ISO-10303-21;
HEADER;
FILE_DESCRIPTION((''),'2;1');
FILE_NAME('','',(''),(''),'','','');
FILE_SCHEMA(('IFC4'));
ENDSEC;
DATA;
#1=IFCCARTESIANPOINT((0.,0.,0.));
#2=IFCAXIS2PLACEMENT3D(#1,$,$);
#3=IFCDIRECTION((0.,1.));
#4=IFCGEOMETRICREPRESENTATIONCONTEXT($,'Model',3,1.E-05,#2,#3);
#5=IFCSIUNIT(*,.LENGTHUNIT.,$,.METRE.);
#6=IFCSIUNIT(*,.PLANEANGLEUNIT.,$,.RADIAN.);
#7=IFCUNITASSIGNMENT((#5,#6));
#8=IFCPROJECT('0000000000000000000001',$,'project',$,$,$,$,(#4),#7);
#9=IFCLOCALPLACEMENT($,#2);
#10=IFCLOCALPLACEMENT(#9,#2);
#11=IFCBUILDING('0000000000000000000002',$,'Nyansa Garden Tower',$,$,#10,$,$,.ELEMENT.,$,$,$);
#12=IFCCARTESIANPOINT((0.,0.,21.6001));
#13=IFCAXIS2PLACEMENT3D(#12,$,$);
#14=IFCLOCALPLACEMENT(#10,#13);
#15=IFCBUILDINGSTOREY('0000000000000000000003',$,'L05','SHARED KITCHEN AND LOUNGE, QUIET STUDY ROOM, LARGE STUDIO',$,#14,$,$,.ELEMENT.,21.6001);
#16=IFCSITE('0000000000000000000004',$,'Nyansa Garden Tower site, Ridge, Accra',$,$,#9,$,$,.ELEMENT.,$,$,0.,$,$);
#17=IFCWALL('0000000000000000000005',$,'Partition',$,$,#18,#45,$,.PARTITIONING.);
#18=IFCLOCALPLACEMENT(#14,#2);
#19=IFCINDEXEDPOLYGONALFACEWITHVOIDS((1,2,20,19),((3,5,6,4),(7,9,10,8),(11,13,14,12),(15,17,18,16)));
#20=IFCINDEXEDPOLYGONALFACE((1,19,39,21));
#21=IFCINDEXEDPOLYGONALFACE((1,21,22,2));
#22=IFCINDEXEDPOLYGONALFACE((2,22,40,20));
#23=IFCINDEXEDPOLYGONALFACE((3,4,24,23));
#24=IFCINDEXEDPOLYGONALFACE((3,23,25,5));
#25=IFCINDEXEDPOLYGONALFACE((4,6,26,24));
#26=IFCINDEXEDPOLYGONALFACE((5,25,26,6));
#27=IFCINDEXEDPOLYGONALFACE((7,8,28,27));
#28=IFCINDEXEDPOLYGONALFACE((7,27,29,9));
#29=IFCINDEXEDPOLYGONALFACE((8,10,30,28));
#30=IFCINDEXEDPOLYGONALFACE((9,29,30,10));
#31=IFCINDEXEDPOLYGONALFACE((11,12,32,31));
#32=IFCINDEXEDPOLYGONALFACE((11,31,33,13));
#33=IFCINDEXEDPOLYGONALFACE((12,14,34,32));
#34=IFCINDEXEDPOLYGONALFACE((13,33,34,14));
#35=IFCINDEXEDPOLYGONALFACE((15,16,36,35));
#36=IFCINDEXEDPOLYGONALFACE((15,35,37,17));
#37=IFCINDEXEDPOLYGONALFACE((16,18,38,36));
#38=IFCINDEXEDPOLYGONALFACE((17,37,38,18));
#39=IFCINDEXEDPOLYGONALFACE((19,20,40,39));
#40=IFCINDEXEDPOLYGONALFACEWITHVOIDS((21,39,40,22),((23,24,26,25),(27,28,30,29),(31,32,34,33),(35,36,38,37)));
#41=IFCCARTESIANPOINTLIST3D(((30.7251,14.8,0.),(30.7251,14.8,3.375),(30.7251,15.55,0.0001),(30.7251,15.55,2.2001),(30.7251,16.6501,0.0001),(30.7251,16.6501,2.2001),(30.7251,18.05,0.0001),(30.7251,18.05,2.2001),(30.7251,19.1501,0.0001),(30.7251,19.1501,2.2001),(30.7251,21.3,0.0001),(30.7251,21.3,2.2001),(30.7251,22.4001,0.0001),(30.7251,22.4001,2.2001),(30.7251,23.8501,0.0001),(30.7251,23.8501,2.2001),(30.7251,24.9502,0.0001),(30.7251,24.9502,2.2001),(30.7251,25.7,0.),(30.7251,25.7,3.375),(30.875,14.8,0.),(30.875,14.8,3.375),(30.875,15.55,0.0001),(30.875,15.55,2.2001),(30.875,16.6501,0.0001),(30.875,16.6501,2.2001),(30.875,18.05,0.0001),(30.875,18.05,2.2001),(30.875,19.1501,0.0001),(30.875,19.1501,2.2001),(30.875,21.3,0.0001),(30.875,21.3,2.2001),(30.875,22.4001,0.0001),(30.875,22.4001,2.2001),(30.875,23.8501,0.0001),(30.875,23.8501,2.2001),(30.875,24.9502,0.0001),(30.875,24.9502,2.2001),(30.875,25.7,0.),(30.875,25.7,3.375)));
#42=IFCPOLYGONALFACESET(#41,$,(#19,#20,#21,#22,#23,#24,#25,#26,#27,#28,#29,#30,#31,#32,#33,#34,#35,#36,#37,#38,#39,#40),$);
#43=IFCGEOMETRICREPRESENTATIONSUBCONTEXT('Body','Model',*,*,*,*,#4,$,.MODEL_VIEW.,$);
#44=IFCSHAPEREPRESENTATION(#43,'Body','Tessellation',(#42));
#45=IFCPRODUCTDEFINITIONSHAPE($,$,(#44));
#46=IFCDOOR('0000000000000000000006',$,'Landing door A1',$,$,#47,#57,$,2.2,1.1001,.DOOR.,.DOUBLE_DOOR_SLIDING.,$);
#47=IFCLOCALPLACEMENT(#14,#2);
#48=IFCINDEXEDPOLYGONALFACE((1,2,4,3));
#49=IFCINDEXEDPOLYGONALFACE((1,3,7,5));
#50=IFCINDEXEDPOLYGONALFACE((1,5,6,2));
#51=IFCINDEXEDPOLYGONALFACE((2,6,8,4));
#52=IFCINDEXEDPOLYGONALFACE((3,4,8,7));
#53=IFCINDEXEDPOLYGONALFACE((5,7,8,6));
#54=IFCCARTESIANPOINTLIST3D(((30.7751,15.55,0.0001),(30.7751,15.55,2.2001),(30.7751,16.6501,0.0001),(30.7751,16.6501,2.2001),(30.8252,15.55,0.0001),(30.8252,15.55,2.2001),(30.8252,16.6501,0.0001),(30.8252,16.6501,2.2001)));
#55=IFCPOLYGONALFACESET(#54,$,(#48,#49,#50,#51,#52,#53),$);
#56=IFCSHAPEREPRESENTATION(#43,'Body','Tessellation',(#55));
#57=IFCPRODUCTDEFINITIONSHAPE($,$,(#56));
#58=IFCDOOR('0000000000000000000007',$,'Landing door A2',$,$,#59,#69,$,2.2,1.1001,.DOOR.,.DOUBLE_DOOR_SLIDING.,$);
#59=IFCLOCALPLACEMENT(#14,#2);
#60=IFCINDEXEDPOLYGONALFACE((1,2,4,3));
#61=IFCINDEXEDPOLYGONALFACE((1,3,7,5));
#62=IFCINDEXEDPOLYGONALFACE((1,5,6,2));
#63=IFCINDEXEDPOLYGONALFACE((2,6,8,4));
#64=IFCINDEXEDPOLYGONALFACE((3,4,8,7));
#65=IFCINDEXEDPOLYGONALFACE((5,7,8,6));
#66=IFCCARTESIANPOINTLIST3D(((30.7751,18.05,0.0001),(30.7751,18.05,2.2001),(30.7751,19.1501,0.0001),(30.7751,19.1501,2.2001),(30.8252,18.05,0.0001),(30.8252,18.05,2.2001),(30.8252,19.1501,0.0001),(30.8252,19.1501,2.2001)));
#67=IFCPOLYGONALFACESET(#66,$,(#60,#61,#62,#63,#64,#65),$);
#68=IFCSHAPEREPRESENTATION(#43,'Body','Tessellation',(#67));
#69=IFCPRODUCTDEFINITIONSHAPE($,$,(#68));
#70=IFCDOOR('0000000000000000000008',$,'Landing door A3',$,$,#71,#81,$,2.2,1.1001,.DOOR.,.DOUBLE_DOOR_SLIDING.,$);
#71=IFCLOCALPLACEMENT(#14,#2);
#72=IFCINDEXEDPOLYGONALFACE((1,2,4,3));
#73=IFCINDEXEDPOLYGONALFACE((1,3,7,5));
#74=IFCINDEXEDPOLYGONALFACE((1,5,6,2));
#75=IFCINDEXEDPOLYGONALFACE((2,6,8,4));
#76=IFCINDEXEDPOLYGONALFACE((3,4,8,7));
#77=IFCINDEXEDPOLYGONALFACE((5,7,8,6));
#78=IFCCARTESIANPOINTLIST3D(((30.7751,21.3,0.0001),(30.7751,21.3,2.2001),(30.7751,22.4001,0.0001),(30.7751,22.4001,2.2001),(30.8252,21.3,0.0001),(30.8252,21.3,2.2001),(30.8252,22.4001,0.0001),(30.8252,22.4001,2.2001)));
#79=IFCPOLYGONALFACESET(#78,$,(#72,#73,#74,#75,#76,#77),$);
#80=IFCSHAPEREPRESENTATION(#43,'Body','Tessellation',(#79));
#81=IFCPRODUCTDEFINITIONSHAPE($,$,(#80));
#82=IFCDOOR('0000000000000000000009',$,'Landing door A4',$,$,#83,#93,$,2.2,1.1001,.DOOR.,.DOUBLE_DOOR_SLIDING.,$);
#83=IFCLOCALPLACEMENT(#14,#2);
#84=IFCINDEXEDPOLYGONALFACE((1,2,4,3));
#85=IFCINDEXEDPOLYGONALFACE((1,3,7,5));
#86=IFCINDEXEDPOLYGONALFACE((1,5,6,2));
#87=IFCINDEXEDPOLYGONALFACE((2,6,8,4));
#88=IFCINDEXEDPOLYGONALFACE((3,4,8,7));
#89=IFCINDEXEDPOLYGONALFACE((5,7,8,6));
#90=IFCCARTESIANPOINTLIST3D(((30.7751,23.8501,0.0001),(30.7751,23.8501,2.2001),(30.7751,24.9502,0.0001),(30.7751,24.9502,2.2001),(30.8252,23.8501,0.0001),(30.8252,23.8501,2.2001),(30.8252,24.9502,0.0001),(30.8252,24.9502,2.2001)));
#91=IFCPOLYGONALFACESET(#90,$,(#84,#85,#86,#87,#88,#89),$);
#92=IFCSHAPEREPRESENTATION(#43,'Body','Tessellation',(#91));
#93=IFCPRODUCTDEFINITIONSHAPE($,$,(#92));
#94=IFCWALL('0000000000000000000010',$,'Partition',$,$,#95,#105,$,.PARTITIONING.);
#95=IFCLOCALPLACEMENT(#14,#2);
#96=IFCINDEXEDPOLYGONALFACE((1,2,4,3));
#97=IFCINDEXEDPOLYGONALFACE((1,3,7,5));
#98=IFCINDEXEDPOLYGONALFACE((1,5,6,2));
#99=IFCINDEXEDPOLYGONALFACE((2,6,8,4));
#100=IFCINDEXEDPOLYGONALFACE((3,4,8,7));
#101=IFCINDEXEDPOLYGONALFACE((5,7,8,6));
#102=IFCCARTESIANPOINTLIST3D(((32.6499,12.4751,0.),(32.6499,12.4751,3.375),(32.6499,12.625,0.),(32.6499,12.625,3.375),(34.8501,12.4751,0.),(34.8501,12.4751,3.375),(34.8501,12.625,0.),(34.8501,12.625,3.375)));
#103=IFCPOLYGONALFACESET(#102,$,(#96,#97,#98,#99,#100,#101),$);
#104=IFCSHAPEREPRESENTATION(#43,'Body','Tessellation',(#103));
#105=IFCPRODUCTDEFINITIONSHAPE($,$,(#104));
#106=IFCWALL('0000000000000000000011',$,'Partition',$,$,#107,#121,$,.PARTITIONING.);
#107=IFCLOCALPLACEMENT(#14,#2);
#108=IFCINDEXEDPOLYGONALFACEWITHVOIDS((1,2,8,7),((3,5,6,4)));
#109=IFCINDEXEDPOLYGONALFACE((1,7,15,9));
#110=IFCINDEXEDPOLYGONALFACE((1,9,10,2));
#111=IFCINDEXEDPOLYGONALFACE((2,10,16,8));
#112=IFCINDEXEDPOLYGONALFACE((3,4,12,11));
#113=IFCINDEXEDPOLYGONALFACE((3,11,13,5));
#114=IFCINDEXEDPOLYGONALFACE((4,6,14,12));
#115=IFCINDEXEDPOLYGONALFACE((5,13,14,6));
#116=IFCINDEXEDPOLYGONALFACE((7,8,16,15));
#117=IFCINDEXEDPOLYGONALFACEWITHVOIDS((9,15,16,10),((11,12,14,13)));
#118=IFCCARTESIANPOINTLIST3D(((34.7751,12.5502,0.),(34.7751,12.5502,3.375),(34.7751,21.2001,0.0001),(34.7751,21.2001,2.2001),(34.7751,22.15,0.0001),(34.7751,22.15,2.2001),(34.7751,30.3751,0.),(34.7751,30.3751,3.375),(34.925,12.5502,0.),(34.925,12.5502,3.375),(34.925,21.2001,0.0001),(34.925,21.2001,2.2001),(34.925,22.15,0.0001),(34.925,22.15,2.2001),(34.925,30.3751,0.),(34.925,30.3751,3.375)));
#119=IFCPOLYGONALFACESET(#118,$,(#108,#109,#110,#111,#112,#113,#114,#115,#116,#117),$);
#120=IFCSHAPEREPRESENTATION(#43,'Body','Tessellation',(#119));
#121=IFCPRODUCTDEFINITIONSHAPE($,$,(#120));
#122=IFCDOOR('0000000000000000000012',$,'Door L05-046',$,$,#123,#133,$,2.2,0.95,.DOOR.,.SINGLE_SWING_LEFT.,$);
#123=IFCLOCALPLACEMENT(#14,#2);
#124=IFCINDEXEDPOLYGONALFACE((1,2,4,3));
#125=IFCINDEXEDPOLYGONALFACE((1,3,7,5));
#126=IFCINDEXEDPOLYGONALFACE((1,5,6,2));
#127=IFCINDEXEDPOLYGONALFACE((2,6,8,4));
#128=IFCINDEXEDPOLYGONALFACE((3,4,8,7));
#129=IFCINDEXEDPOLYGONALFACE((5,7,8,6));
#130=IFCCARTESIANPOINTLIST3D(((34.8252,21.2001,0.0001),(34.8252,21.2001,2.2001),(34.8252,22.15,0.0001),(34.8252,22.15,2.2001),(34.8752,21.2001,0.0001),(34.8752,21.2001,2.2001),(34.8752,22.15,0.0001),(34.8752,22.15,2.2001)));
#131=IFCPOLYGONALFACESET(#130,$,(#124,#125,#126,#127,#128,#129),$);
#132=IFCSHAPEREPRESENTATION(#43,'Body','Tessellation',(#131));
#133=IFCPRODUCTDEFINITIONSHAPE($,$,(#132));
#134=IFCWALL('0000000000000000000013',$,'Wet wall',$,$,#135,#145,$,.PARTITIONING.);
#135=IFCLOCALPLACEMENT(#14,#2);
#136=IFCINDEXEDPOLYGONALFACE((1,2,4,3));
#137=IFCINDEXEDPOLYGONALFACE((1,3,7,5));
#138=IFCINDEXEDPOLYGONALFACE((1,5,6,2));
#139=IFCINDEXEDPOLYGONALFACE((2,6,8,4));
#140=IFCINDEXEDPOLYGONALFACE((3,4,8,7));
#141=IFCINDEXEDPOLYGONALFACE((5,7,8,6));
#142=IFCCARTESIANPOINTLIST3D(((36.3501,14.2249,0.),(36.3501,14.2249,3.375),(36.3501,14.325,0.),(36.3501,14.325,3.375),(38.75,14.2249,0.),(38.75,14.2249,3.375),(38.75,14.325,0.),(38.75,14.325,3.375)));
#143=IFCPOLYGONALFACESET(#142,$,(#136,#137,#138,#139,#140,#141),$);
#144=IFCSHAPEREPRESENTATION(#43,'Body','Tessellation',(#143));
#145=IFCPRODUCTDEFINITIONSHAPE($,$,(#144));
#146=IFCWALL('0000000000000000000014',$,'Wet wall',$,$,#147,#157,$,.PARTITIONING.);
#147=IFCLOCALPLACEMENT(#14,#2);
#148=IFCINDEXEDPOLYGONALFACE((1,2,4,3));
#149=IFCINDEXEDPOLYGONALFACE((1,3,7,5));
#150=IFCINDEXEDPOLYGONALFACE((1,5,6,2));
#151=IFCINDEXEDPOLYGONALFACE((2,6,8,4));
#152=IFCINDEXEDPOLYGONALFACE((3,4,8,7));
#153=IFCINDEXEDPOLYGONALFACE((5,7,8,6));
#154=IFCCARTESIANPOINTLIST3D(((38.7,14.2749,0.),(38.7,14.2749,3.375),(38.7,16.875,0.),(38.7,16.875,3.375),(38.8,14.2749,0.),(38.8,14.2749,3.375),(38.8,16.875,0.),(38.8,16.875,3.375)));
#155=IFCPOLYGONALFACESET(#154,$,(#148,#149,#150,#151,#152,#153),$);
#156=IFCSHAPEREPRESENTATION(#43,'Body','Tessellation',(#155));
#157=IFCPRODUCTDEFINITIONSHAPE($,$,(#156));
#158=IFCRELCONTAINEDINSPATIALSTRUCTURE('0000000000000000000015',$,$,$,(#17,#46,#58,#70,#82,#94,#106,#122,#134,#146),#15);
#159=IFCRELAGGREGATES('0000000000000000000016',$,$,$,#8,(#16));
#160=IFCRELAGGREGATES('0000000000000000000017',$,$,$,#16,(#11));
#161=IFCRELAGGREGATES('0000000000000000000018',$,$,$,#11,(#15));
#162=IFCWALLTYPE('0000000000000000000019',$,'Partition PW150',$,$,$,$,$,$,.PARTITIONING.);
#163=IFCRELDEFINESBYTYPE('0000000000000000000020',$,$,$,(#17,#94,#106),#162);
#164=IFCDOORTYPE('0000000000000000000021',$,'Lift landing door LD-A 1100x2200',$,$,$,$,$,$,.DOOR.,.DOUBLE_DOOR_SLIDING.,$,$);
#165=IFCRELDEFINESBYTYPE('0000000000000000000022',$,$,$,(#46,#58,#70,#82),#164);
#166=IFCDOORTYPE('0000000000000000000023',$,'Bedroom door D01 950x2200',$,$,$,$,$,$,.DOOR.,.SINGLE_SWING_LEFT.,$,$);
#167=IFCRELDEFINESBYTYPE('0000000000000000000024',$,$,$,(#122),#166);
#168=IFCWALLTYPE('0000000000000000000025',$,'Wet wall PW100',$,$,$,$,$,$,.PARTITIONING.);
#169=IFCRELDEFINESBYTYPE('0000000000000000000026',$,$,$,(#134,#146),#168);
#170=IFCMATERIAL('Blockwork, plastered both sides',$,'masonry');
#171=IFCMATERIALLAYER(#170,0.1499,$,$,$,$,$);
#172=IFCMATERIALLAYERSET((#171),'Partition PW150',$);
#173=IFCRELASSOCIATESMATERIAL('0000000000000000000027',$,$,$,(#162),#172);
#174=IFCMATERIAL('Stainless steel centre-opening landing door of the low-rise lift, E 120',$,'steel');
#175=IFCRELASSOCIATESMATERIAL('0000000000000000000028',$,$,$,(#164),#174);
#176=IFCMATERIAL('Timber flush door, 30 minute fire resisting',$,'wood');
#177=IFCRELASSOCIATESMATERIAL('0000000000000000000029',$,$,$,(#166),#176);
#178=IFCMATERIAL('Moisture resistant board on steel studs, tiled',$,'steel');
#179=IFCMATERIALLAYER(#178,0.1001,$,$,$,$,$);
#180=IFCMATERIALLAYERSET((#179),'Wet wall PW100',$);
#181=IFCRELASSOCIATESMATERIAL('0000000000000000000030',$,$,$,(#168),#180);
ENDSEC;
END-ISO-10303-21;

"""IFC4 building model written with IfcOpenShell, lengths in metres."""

from ifc_helpers import new_model, si_unit, direction, frame, frame_2d, origin, place, context, subcontext, project, spatial, rectangle, extrude, material, layer, layer_set, type_object, element, fill, save


model = new_model("IFC4")

# Units and contexts
model_context = context("Model", 3, precision=1e-05, world=origin(), true_north=direction((0.0, 1.0)))
body_context = subcontext(model_context, "Body", "Model", "MODEL_VIEW")
ifc_project = project(units=[si_unit("LENGTHUNIT", "METRE"), si_unit("PLANEANGLEUNIT", "RADIAN")], contexts=[model_context])

# Site, building, storey
site_placement = place(None, origin())
site = spatial("IfcSite", under=ifc_project, at=site_placement, Name="Nyansa Garden Tower site, Ridge, Accra", CompositionType="ELEMENT", RefElevation=0.0)
building_placement = place(site_placement, origin())
building = spatial("IfcBuilding", under=site, at=building_placement, Name="Nyansa Garden Tower", CompositionType="ELEMENT")
storey_placement = place(building_placement, frame((0.0, 0.0, 21.6001)))
storey = spatial("IfcBuildingStorey", under=building, at=storey_placement, Name="L05", Description="SHARED KITCHEN AND LOUNGE, QUIET STUDY ROOM, LARGE STUDIO", CompositionType="ELEMENT", Elevation=21.6001)

# Wall, openings, doors
ifc_material_1 = material(Name="Blockwork, plastered both sides", Category="masonry")
ifc_layer_1 = layer(ifc_material_1, 0.1499)
ifc_layer_set_1 = layer_set([ifc_layer_1], Name="Partition PW150")
wall_type_1 = type_object("IfcWallType", Name="Partition PW150", PredefinedType="PARTITIONING", material=ifc_layer_set_1)
wall_1_placement = place(storey_placement, frame((30.8, 14.8, 0.0), z_axis=(0.0, 0.0, 1.0), x_axis=(0.0, 1.0, 0.0)))
wall_1 = element("IfcWall", 1, at=wall_1_placement, inside=storey, type_object=wall_type_1, Name="Partition", PredefinedType="PARTITIONING", context=body_context, shape_type="SweptSolid", body=[
    extrude(rectangle(XDim=10.8999, YDim=0.1499, at=frame_2d((5.45, 0.0))), origin(), (0.0, 0.0, 1.0), 3.375),
])
opening_1_placement = place(wall_1_placement, frame((0.75, 0.0, 0.0)))
opening_1 = element("IfcOpeningElement", 2, at=opening_1_placement, cuts=wall_1, PredefinedType="OPENING", context=body_context, shape_type="SweptSolid", body=[
    extrude(rectangle(XDim=1.1001, YDim=2.2, at=frame_2d((0.55, 1.1001))), frame((0.0, 0.085, 0.0), z_axis=(0.0, -1.0, 0.0), x_axis=(1.0, 0.0, 0.0)), (0.0, 0.0, 1.0), 0.1699),
])
opening_2_placement = place(wall_1_placement, frame((3.25, 0.0, 0.0)))
opening_2 = element("IfcOpeningElement", 3, at=opening_2_placement, cuts=wall_1, PredefinedType="OPENING", context=body_context, shape_type="SweptSolid", body=[
    extrude(rectangle(XDim=1.1001, YDim=2.2, at=frame_2d((0.55, 1.1001))), frame((0.0, 0.085, 0.0), z_axis=(0.0, -1.0, 0.0), x_axis=(1.0, 0.0, 0.0)), (0.0, 0.0, 1.0), 0.1699),
])
opening_3_placement = place(wall_1_placement, frame((6.5, 0.0, 0.0)))
opening_3 = element("IfcOpeningElement", 4, at=opening_3_placement, cuts=wall_1, PredefinedType="OPENING", context=body_context, shape_type="SweptSolid", body=[
    extrude(rectangle(XDim=1.1001, YDim=2.2, at=frame_2d((0.55, 1.1001))), frame((0.0, 0.085, 0.0), z_axis=(0.0, -1.0, 0.0), x_axis=(1.0, 0.0, 0.0)), (0.0, 0.0, 1.0), 0.1699),
])
opening_4_placement = place(wall_1_placement, frame((9.05, 0.0, 0.0)))
opening_4 = element("IfcOpeningElement", 5, at=opening_4_placement, cuts=wall_1, PredefinedType="OPENING", context=body_context, shape_type="SweptSolid", body=[
    extrude(rectangle(XDim=1.1001, YDim=2.2, at=frame_2d((0.55, 1.1001))), frame((0.0, 0.085, 0.0), z_axis=(0.0, -1.0, 0.0), x_axis=(1.0, 0.0, 0.0)), (0.0, 0.0, 1.0), 0.1699),
])
ifc_material_2 = material(Name="Stainless steel centre-opening landing door of the low-rise lift, E 120", Category="steel")
door_type_1 = type_object("IfcDoorType", Name="Lift landing door LD-A 1100x2200", OperationType="DOUBLE_DOOR_SLIDING", PredefinedType="DOOR", material=ifc_material_2)
door_1_placement = place(opening_1_placement, origin())
door_1 = element("IfcDoor", 6, at=door_1_placement, inside=storey, type_object=door_type_1, Name="Landing door A1", OperationType="DOUBLE_DOOR_SLIDING", OverallHeight=2.2, OverallWidth=1.1001, PredefinedType="DOOR", context=body_context, shape_type="SweptSolid", body=[
    extrude(rectangle(XDim=1.1001, YDim=2.2, at=frame_2d((0.55, 1.1001))), frame((0.0, 0.0249, 0.0), z_axis=(0.0, -1.0, 0.0), x_axis=(1.0, 0.0, 0.0)), (0.0, 0.0, 1.0), 0.05),
])
fill(opening_1, door_1)
door_2_placement = place(opening_2_placement, origin())
door_2 = element("IfcDoor", 7, at=door_2_placement, inside=storey, type_object=door_type_1, Name="Landing door A2", OperationType="DOUBLE_DOOR_SLIDING", OverallHeight=2.2, OverallWidth=1.1001, PredefinedType="DOOR", context=body_context, shape_type="SweptSolid", body=[
    extrude(rectangle(XDim=1.1001, YDim=2.2, at=frame_2d((0.55, 1.1001))), frame((0.0, 0.0249, 0.0), z_axis=(0.0, -1.0, 0.0), x_axis=(1.0, 0.0, 0.0)), (0.0, 0.0, 1.0), 0.05),
])
fill(opening_2, door_2)
door_3_placement = place(opening_3_placement, origin())
door_3 = element("IfcDoor", 8, at=door_3_placement, inside=storey, type_object=door_type_1, Name="Landing door A3", OperationType="DOUBLE_DOOR_SLIDING", OverallHeight=2.2, OverallWidth=1.1001, PredefinedType="DOOR", context=body_context, shape_type="SweptSolid", body=[
    extrude(rectangle(XDim=1.1001, YDim=2.2, at=frame_2d((0.55, 1.1001))), frame((0.0, 0.0249, 0.0), z_axis=(0.0, -1.0, 0.0), x_axis=(1.0, 0.0, 0.0)), (0.0, 0.0, 1.0), 0.05),
])
fill(opening_3, door_3)
door_4_placement = place(opening_4_placement, origin())
door_4 = element("IfcDoor", 9, at=door_4_placement, inside=storey, type_object=door_type_1, Name="Landing door A4", OperationType="DOUBLE_DOOR_SLIDING", OverallHeight=2.2, OverallWidth=1.1001, PredefinedType="DOOR", context=body_context, shape_type="SweptSolid", body=[
    extrude(rectangle(XDim=1.1001, YDim=2.2, at=frame_2d((0.55, 1.1001))), frame((0.0, 0.0249, 0.0), z_axis=(0.0, -1.0, 0.0), x_axis=(1.0, 0.0, 0.0)), (0.0, 0.0, 1.0), 0.05),
])
fill(opening_4, door_4)

# Wall
wall_2_placement = place(storey_placement, frame((32.6499, 12.55, 0.0), z_axis=(0.0, 0.0, 1.0), x_axis=(1.0, 0.0, 0.0)))
element("IfcWall", 10, at=wall_2_placement, inside=storey, type_object=wall_type_1, Name="Partition", PredefinedType="PARTITIONING", context=body_context, shape_type="SweptSolid", body=[
    extrude(rectangle(XDim=2.2002, YDim=0.1499, at=frame_2d((1.1001, 0.0))), origin(), (0.0, 0.0, 1.0), 3.375),
])

# Wall, opening, door
wall_3_placement = place(storey_placement, frame((34.8501, 12.55, 0.0), z_axis=(0.0, 0.0, 1.0), x_axis=(0.0, 1.0, 0.0)))
wall_3 = element("IfcWall", 11, at=wall_3_placement, inside=storey, type_object=wall_type_1, Name="Partition", PredefinedType="PARTITIONING", context=body_context, shape_type="SweptSolid", body=[
    extrude(rectangle(XDim=17.825, YDim=0.1499, at=frame_2d((8.9126, 0.0))), origin(), (0.0, 0.0, 1.0), 3.375),
])
opening_5_placement = place(wall_3_placement, frame((8.6499, 0.0, 0.0)))
opening_5 = element("IfcOpeningElement", 12, at=opening_5_placement, cuts=wall_3, PredefinedType="OPENING", context=body_context, shape_type="SweptSolid", body=[
    extrude(rectangle(XDim=0.95, YDim=2.2, at=frame_2d((0.4751, 1.1001))), frame((0.0, 0.085, 0.0), z_axis=(0.0, -1.0, 0.0), x_axis=(1.0, 0.0, 0.0)), (0.0, 0.0, 1.0), 0.1699),
])
ifc_material_3 = material(Name="Timber flush door, 30 minute fire resisting", Category="wood")
door_type_2 = type_object("IfcDoorType", Name="Bedroom door D01 950x2200", OperationType="SINGLE_SWING_LEFT", PredefinedType="DOOR", material=ifc_material_3)
door_5_placement = place(opening_5_placement, origin())
door_5 = element("IfcDoor", 13, at=door_5_placement, inside=storey, type_object=door_type_2, Name="Door L05-046", OperationType="SINGLE_SWING_LEFT", OverallHeight=2.2, OverallWidth=0.95, PredefinedType="DOOR", context=body_context, shape_type="SweptSolid", body=[
    extrude(rectangle(XDim=0.95, YDim=2.2, at=frame_2d((0.4751, 1.1001))), frame((0.0, 0.0249, 0.0), z_axis=(0.0, -1.0, 0.0), x_axis=(1.0, 0.0, 0.0)), (0.0, 0.0, 1.0), 0.05),
])
fill(opening_5, door_5)

# Walls
ifc_material_4 = material(Name="Moisture resistant board on steel studs, tiled", Category="steel")
ifc_layer_2 = layer(ifc_material_4, 0.1001)
ifc_layer_set_2 = layer_set([ifc_layer_2], Name="Wet wall PW100")
wall_type_2 = type_object("IfcWallType", Name="Wet wall PW100", PredefinedType="PARTITIONING", material=ifc_layer_set_2)
wall_4_placement = place(storey_placement, frame((36.3501, 14.2749, 0.0), z_axis=(0.0, 0.0, 1.0), x_axis=(1.0, 0.0, 0.0)))
element("IfcWall", 14, at=wall_4_placement, inside=storey, type_object=wall_type_2, Name="Wet wall", PredefinedType="PARTITIONING", context=body_context, shape_type="SweptSolid", body=[
    extrude(rectangle(XDim=2.3999, YDim=0.1001, at=frame_2d((1.2, 0.0))), origin(), (0.0, 0.0, 1.0), 3.375),
])
wall_5_placement = place(storey_placement, frame((38.75, 14.2749, 0.0), z_axis=(0.0, 0.0, 1.0), x_axis=(0.0, 1.0, 0.0)))
element("IfcWall", 15, at=wall_5_placement, inside=storey, type_object=wall_type_2, Name="Wet wall", PredefinedType="PARTITIONING", context=body_context, shape_type="SweptSolid", body=[
    extrude(rectangle(XDim=2.6001, YDim=0.1001, at=frame_2d((1.3, 0.0))), origin(), (0.0, 0.0, 1.0), 3.375),
])

save(model, "model.ifc")
